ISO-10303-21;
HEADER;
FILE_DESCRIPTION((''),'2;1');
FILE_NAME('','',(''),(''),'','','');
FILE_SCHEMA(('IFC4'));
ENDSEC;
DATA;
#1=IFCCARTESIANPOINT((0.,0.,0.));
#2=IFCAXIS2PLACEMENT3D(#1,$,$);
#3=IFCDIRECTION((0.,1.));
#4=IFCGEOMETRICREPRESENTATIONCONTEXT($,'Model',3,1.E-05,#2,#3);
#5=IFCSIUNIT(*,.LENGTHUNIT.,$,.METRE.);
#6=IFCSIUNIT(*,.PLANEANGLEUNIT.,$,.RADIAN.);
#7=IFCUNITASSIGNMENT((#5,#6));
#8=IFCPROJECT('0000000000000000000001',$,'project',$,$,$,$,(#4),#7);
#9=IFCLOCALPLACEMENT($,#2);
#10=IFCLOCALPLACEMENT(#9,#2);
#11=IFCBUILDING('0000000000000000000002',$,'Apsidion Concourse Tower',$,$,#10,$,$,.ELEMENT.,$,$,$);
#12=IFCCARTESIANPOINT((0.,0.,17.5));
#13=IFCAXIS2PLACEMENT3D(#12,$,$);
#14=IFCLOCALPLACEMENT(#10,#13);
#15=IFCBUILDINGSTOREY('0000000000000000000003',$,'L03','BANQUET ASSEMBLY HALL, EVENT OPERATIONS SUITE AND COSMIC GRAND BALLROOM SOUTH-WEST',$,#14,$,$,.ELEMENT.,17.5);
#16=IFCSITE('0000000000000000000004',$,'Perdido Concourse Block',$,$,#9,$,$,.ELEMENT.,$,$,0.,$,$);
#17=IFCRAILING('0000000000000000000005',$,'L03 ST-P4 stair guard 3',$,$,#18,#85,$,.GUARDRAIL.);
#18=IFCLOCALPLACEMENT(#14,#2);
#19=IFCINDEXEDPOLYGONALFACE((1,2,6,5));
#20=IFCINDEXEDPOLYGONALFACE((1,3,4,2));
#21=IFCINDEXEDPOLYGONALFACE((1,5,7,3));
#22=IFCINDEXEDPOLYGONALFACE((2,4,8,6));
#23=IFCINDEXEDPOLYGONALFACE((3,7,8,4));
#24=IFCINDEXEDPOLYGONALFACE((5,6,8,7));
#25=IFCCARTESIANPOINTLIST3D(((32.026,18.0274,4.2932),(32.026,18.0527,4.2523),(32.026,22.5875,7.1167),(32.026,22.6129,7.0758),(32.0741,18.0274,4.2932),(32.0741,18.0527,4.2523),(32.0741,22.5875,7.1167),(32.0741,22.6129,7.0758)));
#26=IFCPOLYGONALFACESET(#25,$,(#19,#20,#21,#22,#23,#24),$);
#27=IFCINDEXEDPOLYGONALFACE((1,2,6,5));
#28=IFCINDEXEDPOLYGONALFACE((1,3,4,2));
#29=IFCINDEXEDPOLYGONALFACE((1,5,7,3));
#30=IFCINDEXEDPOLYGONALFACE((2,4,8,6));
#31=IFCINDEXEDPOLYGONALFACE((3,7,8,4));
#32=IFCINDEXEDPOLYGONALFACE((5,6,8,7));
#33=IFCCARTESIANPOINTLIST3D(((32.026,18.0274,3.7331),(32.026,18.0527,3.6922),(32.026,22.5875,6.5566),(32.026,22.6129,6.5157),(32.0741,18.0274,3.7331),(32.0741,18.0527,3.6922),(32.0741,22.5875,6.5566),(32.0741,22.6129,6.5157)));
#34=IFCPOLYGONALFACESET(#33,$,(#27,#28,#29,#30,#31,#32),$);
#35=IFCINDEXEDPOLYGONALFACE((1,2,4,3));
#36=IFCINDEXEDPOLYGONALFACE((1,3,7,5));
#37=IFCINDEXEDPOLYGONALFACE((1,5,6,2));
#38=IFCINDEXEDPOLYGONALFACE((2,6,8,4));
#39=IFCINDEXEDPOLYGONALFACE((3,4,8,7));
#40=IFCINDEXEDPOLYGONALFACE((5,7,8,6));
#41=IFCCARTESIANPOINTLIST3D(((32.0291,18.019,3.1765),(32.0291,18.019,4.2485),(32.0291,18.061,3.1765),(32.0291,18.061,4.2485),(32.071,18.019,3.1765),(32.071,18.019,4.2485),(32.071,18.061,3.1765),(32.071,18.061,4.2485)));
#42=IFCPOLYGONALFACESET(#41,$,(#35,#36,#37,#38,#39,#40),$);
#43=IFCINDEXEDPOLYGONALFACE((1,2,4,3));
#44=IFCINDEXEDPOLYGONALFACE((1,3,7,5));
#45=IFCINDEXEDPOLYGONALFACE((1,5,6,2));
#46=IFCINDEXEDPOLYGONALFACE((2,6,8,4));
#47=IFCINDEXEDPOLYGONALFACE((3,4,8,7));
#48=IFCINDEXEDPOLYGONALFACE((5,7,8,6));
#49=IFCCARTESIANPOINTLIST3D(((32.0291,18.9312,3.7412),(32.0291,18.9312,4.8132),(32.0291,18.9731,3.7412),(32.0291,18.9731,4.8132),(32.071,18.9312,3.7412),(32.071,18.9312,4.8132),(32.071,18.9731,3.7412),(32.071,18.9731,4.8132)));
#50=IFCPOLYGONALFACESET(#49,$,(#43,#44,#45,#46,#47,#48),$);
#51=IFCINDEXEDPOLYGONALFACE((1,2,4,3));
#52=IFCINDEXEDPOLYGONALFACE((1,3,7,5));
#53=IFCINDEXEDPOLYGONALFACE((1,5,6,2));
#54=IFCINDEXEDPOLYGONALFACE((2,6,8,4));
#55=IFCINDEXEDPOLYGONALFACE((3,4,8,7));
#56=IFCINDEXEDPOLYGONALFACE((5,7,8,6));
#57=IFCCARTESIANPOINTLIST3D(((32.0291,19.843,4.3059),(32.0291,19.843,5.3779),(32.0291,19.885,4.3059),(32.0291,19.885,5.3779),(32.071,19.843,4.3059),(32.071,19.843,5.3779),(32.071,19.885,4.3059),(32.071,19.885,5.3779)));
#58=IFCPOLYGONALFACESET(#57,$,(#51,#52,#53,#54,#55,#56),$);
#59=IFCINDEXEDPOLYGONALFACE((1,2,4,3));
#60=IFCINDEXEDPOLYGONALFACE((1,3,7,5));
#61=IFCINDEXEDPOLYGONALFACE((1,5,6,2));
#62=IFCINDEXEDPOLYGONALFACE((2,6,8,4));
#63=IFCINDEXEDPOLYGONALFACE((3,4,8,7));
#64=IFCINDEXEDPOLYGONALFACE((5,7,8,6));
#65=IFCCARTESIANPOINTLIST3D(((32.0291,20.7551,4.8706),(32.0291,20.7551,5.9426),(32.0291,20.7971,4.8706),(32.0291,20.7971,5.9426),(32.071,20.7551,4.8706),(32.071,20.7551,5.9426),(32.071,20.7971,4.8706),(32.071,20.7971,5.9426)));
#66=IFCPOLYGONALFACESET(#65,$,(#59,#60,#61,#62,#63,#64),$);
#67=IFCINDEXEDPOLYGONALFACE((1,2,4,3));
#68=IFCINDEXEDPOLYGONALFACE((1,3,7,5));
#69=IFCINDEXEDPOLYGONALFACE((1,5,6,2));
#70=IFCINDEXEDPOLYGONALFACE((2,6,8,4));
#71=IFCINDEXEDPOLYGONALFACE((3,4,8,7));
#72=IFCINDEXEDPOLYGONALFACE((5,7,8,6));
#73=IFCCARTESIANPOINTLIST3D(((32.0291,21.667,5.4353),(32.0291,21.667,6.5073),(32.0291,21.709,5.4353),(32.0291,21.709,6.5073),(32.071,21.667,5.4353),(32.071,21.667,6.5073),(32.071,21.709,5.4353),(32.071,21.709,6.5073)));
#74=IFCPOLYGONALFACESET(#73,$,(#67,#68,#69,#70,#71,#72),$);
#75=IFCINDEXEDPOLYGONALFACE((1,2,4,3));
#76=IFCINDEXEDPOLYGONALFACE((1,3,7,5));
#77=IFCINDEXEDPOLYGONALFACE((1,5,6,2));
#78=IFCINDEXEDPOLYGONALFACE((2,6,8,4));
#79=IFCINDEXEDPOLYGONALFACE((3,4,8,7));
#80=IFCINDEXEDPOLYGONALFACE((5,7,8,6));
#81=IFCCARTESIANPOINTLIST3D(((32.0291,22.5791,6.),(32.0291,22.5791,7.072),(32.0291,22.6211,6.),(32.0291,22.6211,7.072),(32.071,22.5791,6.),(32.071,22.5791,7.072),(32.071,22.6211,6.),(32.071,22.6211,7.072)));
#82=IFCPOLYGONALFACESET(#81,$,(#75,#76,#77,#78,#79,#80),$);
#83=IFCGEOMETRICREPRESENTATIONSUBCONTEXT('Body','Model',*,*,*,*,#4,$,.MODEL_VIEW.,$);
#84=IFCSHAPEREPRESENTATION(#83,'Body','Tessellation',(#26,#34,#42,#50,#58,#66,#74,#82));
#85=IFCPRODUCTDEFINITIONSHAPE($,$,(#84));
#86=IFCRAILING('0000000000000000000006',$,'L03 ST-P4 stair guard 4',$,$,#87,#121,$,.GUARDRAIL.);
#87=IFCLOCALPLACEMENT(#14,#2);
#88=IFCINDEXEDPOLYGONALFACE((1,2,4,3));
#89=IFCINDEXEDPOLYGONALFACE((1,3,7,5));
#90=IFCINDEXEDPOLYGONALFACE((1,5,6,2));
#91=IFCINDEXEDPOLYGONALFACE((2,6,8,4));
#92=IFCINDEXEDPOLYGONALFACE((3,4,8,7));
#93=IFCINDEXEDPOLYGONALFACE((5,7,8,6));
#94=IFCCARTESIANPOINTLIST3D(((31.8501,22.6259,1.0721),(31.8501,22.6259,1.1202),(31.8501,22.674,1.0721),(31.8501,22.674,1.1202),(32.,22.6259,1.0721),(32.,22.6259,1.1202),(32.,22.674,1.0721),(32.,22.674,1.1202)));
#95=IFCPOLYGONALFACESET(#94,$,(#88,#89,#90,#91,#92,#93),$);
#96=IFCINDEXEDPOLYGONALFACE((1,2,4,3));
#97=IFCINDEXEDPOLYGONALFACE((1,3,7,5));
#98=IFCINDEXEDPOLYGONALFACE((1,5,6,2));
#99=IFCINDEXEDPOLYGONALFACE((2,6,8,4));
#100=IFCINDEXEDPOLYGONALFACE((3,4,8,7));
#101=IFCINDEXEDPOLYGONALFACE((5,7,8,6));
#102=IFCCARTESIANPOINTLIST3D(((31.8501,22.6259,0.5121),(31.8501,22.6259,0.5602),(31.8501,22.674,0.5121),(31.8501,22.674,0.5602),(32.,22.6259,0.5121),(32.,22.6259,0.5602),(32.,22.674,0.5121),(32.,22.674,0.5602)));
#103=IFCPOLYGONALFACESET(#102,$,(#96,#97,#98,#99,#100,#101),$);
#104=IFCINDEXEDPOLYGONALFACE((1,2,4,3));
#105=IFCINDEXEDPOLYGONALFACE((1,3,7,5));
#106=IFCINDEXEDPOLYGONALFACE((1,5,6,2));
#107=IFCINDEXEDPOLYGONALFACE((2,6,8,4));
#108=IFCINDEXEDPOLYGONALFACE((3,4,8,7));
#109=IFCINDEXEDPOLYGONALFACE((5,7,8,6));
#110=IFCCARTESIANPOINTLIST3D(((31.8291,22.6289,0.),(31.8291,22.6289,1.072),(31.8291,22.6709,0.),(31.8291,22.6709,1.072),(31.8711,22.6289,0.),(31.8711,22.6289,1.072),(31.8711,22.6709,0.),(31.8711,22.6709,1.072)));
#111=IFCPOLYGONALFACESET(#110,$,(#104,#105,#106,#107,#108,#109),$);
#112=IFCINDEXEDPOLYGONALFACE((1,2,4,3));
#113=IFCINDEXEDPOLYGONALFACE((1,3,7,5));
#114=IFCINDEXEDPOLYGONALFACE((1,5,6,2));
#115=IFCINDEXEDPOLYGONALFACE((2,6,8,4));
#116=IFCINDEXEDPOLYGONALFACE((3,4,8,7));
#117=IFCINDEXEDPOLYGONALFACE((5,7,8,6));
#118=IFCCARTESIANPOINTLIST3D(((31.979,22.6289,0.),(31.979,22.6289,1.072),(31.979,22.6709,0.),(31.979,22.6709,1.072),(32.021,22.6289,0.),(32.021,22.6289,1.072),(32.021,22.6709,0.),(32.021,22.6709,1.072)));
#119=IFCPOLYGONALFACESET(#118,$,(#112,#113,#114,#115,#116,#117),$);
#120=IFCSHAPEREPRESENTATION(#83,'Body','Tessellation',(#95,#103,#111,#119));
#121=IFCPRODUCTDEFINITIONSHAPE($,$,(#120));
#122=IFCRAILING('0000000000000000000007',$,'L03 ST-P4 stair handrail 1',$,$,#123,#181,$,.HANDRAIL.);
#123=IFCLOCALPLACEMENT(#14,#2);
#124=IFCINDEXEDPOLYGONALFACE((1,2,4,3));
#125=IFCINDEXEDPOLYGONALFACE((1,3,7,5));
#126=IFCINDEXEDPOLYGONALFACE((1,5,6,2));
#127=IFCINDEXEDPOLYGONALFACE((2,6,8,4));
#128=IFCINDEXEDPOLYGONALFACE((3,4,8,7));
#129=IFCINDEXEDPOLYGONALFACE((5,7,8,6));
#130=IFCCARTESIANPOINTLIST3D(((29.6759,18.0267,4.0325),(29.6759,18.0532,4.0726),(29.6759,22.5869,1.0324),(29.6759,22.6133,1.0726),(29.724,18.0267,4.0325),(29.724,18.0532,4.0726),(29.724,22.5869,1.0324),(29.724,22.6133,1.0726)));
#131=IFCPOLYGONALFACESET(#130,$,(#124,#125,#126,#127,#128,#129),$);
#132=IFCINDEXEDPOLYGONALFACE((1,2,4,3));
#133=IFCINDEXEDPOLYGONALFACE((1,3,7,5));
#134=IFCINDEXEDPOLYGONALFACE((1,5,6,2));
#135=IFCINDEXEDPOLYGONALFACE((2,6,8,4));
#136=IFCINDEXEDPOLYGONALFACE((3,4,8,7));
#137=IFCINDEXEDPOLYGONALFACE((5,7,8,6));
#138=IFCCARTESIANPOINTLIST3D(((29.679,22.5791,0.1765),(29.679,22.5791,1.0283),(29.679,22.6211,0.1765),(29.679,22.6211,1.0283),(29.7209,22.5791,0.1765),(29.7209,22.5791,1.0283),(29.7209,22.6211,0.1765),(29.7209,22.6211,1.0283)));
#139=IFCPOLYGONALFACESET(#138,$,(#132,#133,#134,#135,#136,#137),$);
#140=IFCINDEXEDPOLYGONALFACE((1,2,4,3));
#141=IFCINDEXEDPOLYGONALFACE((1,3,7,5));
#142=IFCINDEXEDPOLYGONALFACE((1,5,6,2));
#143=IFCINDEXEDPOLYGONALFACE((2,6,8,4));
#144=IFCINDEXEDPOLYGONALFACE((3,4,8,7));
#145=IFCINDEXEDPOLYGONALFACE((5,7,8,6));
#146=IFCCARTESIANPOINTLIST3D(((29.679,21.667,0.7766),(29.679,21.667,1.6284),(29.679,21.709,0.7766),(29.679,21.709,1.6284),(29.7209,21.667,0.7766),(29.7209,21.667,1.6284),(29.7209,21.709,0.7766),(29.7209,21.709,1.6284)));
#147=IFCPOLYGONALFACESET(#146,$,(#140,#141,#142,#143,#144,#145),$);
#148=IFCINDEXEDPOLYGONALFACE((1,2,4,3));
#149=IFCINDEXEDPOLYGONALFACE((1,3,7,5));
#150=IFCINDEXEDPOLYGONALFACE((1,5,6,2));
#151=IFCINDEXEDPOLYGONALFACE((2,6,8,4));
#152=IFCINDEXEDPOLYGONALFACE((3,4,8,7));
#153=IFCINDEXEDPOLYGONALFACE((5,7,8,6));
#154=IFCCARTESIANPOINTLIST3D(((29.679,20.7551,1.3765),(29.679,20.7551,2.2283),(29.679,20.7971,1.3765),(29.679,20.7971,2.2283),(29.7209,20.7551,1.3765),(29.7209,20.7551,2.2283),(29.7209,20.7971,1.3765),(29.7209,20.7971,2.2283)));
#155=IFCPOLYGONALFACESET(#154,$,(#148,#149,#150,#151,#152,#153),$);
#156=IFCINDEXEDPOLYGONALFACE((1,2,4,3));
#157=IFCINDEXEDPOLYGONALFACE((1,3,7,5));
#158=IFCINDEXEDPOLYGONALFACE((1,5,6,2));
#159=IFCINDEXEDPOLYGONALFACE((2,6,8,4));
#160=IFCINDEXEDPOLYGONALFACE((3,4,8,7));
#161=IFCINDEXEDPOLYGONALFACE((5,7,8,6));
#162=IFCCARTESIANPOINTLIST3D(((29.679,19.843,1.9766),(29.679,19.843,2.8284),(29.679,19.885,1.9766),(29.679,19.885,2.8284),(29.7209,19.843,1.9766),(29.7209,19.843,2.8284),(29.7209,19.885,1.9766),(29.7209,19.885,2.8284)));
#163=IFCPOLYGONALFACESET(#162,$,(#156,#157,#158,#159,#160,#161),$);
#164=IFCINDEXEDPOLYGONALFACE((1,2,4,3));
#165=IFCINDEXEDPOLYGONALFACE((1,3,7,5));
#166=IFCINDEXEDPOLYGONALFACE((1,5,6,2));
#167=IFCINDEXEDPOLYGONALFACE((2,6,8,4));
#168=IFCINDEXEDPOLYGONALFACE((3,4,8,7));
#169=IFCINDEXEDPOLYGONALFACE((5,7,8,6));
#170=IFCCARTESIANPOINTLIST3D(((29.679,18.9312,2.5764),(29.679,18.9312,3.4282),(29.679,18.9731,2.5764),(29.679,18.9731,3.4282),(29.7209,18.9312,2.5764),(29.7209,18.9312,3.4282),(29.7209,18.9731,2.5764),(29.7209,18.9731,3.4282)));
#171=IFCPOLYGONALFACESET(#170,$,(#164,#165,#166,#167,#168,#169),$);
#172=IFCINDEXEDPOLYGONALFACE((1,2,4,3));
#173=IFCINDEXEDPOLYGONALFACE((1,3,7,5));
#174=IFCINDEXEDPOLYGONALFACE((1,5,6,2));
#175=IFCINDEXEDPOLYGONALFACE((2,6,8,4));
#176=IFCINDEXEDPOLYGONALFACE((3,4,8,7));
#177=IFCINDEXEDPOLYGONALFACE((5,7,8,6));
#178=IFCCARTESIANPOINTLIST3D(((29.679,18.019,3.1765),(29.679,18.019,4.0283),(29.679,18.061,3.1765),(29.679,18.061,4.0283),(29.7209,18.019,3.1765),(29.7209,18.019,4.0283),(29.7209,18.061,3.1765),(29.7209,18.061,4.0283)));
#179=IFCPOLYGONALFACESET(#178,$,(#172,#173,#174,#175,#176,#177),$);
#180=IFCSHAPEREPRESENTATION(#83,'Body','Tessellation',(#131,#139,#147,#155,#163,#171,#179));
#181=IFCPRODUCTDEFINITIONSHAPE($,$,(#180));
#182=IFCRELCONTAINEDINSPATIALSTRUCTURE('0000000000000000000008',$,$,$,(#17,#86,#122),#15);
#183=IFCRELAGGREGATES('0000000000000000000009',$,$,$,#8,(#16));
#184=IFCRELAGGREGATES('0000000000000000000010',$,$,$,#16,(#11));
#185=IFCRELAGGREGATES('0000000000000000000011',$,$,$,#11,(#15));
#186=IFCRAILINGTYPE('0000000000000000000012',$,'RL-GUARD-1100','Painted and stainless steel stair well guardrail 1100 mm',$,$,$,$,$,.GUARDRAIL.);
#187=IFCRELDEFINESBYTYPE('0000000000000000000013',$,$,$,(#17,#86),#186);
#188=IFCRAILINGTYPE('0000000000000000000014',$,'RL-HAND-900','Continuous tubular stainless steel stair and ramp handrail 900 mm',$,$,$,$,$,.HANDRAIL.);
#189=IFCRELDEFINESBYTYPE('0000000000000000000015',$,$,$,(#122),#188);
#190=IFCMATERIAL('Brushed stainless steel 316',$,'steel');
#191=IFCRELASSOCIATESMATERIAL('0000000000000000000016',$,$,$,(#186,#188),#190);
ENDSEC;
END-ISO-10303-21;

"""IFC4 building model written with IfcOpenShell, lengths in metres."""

from ifc_helpers import new_model, si_unit, direction, frame, origin, origin_2d, place, context, subcontext, project, spatial, rectangle, extrude, material, type_object, element, save


model = new_model("IFC4")

# Units and contexts
model_context = context("Model", 3, precision=1e-05, world=origin(), true_north=direction((0.0, 1.0)))
body_context = subcontext(model_context, "Body", "Model", "MODEL_VIEW")
ifc_project = project(units=[si_unit("LENGTHUNIT", "METRE"), si_unit("PLANEANGLEUNIT", "RADIAN")], contexts=[model_context])

# Site, building, storey
site_placement = place(None, origin())
site = spatial("IfcSite", under=ifc_project, at=site_placement, Name="Perdido Concourse Block", CompositionType="ELEMENT", RefElevation=0.0)
building_placement = place(site_placement, origin())
building = spatial("IfcBuilding", under=site, at=building_placement, Name="Apsidion Concourse Tower", CompositionType="ELEMENT")
storey_placement = place(building_placement, frame((0.0, 0.0, 17.5)))
storey = spatial("IfcBuildingStorey", under=building, at=storey_placement, Name="L03", Description="BANQUET ASSEMBLY HALL, EVENT OPERATIONS SUITE AND COSMIC GRAND BALLROOM SOUTH-WEST", CompositionType="ELEMENT", Elevation=17.5)

# Shared definitions
ifc_material_1 = material(Name="Brushed stainless steel 316", Category="steel")

# Railings
railing_type_1 = type_object("IfcRailingType", Name="RL-GUARD-1100", Description="Painted and stainless steel stair well guardrail 1100 mm", PredefinedType="GUARDRAIL", material=ifc_material_1)
railing_1_placement = place(storey_placement, frame((32.05, 18.04, 3.1765)))
element("IfcRailing", 1, at=railing_1_placement, inside=storey, type_object=railing_type_1, Name="L03 ST-P4 stair guard 3", PredefinedType="GUARDRAIL", context=body_context, shape_type="SweptSolid", body=[
    extrude(rectangle(XDim=0.0481, YDim=0.0481, at=origin_2d()), frame((0.0, 0.0, 1.0962), z_axis=(0.0, 0.850216, 0.526435), x_axis=(-1.0, 0.0, 0.0)), (0.0, 0.0, 1.0), 5.3635),
    extrude(rectangle(XDim=0.0481, YDim=0.0481, at=origin_2d()), frame((0.0, 0.0, 0.5361), z_axis=(0.0, 0.850216, 0.526435), x_axis=(-1.0, 0.0, 0.0)), (0.0, 0.0, 1.0), 5.3635),
    extrude(rectangle(XDim=0.042, YDim=0.042, at=origin_2d()), origin(), (0.0, 0.0, 1.0), 1.072),
    extrude(rectangle(XDim=0.042, YDim=0.042, at=origin_2d()), frame((0.0, 0.9121, 0.5647)), (0.0, 0.0, 1.0), 1.072),
    extrude(rectangle(XDim=0.042, YDim=0.042, at=origin_2d()), frame((0.0, 1.824, 1.1294)), (0.0, 0.0, 1.0), 1.072),
    extrude(rectangle(XDim=0.042, YDim=0.042, at=origin_2d()), frame((0.0, 2.7361, 1.6941)), (0.0, 0.0, 1.0), 1.072),
    extrude(rectangle(XDim=0.042, YDim=0.042, at=origin_2d()), frame((0.0, 3.6479, 2.2588)), (0.0, 0.0, 1.0), 1.072),
    extrude(rectangle(XDim=0.042, YDim=0.042, at=origin_2d()), frame((0.0, 4.5601, 2.8235)), (0.0, 0.0, 1.0), 1.072),
])
railing_2_placement = place(storey_placement, frame((31.8501, 22.6499, 0.0)))
element("IfcRailing", 2, at=railing_2_placement, inside=storey, type_object=railing_type_1, Name="L03 ST-P4 stair guard 4", PredefinedType="GUARDRAIL", context=body_context, shape_type="SweptSolid", body=[
    extrude(rectangle(XDim=0.0481, YDim=0.0481, at=origin_2d()), frame((0.0, 0.0, 1.0962), z_axis=(1.0, 0.0, 0.0), x_axis=(0.0, 1.0, 0.0)), (0.0, 0.0, 1.0), 0.1499),
    extrude(rectangle(XDim=0.0481, YDim=0.0481, at=origin_2d()), frame((0.0, 0.0, 0.5361), z_axis=(1.0, 0.0, 0.0), x_axis=(0.0, 1.0, 0.0)), (0.0, 0.0, 1.0), 0.1499),
    extrude(rectangle(XDim=0.042, YDim=0.042, at=origin_2d()), origin(), (0.0, 0.0, 1.0), 1.072),
    extrude(rectangle(XDim=0.042, YDim=0.042, at=origin_2d()), frame((0.1499, 0.0, 0.0)), (0.0, 0.0, 1.0), 1.072),
])
railing_type_2 = type_object("IfcRailingType", Name="RL-HAND-900", Description="Continuous tubular stainless steel stair and ramp handrail 900 mm", PredefinedType="HANDRAIL", material=ifc_material_1)
railing_3_placement = place(storey_placement, frame((29.7, 22.6001, 0.1765)))
element("IfcRailing", 3, at=railing_3_placement, inside=storey, type_object=railing_type_2, Name="L03 ST-P4 stair handrail 1", PredefinedType="HANDRAIL", context=body_context, shape_type="SweptSolid", body=[
    extrude(rectangle(XDim=0.0481, YDim=0.0481, at=origin_2d()), frame((0.0, 0.0, 0.876), z_axis=(0.0, -0.83542, 0.549612), x_axis=(1.0, 0.0, 0.0)), (0.0, 0.0, 1.0), 5.4585),
    extrude(rectangle(XDim=0.042, YDim=0.042, at=origin_2d()), origin(), (0.0, 0.0, 1.0), 0.8518),
    extrude(rectangle(XDim=0.042, YDim=0.042, at=origin_2d()), frame((0.0, -0.9121, 0.6001)), (0.0, 0.0, 1.0), 0.8518),
    extrude(rectangle(XDim=0.042, YDim=0.042, at=origin_2d()), frame((0.0, -1.824, 1.2)), (0.0, 0.0, 1.0), 0.8518),
    extrude(rectangle(XDim=0.042, YDim=0.042, at=origin_2d()), frame((0.0, -2.7361, 1.8)), (0.0, 0.0, 1.0), 0.8518),
    extrude(rectangle(XDim=0.042, YDim=0.042, at=origin_2d()), frame((0.0, -3.6479, 2.3999)), (0.0, 0.0, 1.0), 0.8518),
    extrude(rectangle(XDim=0.042, YDim=0.042, at=origin_2d()), frame((0.0, -4.5601, 3.0)), (0.0, 0.0, 1.0), 0.8518),
])

save(model, "model.ifc")
